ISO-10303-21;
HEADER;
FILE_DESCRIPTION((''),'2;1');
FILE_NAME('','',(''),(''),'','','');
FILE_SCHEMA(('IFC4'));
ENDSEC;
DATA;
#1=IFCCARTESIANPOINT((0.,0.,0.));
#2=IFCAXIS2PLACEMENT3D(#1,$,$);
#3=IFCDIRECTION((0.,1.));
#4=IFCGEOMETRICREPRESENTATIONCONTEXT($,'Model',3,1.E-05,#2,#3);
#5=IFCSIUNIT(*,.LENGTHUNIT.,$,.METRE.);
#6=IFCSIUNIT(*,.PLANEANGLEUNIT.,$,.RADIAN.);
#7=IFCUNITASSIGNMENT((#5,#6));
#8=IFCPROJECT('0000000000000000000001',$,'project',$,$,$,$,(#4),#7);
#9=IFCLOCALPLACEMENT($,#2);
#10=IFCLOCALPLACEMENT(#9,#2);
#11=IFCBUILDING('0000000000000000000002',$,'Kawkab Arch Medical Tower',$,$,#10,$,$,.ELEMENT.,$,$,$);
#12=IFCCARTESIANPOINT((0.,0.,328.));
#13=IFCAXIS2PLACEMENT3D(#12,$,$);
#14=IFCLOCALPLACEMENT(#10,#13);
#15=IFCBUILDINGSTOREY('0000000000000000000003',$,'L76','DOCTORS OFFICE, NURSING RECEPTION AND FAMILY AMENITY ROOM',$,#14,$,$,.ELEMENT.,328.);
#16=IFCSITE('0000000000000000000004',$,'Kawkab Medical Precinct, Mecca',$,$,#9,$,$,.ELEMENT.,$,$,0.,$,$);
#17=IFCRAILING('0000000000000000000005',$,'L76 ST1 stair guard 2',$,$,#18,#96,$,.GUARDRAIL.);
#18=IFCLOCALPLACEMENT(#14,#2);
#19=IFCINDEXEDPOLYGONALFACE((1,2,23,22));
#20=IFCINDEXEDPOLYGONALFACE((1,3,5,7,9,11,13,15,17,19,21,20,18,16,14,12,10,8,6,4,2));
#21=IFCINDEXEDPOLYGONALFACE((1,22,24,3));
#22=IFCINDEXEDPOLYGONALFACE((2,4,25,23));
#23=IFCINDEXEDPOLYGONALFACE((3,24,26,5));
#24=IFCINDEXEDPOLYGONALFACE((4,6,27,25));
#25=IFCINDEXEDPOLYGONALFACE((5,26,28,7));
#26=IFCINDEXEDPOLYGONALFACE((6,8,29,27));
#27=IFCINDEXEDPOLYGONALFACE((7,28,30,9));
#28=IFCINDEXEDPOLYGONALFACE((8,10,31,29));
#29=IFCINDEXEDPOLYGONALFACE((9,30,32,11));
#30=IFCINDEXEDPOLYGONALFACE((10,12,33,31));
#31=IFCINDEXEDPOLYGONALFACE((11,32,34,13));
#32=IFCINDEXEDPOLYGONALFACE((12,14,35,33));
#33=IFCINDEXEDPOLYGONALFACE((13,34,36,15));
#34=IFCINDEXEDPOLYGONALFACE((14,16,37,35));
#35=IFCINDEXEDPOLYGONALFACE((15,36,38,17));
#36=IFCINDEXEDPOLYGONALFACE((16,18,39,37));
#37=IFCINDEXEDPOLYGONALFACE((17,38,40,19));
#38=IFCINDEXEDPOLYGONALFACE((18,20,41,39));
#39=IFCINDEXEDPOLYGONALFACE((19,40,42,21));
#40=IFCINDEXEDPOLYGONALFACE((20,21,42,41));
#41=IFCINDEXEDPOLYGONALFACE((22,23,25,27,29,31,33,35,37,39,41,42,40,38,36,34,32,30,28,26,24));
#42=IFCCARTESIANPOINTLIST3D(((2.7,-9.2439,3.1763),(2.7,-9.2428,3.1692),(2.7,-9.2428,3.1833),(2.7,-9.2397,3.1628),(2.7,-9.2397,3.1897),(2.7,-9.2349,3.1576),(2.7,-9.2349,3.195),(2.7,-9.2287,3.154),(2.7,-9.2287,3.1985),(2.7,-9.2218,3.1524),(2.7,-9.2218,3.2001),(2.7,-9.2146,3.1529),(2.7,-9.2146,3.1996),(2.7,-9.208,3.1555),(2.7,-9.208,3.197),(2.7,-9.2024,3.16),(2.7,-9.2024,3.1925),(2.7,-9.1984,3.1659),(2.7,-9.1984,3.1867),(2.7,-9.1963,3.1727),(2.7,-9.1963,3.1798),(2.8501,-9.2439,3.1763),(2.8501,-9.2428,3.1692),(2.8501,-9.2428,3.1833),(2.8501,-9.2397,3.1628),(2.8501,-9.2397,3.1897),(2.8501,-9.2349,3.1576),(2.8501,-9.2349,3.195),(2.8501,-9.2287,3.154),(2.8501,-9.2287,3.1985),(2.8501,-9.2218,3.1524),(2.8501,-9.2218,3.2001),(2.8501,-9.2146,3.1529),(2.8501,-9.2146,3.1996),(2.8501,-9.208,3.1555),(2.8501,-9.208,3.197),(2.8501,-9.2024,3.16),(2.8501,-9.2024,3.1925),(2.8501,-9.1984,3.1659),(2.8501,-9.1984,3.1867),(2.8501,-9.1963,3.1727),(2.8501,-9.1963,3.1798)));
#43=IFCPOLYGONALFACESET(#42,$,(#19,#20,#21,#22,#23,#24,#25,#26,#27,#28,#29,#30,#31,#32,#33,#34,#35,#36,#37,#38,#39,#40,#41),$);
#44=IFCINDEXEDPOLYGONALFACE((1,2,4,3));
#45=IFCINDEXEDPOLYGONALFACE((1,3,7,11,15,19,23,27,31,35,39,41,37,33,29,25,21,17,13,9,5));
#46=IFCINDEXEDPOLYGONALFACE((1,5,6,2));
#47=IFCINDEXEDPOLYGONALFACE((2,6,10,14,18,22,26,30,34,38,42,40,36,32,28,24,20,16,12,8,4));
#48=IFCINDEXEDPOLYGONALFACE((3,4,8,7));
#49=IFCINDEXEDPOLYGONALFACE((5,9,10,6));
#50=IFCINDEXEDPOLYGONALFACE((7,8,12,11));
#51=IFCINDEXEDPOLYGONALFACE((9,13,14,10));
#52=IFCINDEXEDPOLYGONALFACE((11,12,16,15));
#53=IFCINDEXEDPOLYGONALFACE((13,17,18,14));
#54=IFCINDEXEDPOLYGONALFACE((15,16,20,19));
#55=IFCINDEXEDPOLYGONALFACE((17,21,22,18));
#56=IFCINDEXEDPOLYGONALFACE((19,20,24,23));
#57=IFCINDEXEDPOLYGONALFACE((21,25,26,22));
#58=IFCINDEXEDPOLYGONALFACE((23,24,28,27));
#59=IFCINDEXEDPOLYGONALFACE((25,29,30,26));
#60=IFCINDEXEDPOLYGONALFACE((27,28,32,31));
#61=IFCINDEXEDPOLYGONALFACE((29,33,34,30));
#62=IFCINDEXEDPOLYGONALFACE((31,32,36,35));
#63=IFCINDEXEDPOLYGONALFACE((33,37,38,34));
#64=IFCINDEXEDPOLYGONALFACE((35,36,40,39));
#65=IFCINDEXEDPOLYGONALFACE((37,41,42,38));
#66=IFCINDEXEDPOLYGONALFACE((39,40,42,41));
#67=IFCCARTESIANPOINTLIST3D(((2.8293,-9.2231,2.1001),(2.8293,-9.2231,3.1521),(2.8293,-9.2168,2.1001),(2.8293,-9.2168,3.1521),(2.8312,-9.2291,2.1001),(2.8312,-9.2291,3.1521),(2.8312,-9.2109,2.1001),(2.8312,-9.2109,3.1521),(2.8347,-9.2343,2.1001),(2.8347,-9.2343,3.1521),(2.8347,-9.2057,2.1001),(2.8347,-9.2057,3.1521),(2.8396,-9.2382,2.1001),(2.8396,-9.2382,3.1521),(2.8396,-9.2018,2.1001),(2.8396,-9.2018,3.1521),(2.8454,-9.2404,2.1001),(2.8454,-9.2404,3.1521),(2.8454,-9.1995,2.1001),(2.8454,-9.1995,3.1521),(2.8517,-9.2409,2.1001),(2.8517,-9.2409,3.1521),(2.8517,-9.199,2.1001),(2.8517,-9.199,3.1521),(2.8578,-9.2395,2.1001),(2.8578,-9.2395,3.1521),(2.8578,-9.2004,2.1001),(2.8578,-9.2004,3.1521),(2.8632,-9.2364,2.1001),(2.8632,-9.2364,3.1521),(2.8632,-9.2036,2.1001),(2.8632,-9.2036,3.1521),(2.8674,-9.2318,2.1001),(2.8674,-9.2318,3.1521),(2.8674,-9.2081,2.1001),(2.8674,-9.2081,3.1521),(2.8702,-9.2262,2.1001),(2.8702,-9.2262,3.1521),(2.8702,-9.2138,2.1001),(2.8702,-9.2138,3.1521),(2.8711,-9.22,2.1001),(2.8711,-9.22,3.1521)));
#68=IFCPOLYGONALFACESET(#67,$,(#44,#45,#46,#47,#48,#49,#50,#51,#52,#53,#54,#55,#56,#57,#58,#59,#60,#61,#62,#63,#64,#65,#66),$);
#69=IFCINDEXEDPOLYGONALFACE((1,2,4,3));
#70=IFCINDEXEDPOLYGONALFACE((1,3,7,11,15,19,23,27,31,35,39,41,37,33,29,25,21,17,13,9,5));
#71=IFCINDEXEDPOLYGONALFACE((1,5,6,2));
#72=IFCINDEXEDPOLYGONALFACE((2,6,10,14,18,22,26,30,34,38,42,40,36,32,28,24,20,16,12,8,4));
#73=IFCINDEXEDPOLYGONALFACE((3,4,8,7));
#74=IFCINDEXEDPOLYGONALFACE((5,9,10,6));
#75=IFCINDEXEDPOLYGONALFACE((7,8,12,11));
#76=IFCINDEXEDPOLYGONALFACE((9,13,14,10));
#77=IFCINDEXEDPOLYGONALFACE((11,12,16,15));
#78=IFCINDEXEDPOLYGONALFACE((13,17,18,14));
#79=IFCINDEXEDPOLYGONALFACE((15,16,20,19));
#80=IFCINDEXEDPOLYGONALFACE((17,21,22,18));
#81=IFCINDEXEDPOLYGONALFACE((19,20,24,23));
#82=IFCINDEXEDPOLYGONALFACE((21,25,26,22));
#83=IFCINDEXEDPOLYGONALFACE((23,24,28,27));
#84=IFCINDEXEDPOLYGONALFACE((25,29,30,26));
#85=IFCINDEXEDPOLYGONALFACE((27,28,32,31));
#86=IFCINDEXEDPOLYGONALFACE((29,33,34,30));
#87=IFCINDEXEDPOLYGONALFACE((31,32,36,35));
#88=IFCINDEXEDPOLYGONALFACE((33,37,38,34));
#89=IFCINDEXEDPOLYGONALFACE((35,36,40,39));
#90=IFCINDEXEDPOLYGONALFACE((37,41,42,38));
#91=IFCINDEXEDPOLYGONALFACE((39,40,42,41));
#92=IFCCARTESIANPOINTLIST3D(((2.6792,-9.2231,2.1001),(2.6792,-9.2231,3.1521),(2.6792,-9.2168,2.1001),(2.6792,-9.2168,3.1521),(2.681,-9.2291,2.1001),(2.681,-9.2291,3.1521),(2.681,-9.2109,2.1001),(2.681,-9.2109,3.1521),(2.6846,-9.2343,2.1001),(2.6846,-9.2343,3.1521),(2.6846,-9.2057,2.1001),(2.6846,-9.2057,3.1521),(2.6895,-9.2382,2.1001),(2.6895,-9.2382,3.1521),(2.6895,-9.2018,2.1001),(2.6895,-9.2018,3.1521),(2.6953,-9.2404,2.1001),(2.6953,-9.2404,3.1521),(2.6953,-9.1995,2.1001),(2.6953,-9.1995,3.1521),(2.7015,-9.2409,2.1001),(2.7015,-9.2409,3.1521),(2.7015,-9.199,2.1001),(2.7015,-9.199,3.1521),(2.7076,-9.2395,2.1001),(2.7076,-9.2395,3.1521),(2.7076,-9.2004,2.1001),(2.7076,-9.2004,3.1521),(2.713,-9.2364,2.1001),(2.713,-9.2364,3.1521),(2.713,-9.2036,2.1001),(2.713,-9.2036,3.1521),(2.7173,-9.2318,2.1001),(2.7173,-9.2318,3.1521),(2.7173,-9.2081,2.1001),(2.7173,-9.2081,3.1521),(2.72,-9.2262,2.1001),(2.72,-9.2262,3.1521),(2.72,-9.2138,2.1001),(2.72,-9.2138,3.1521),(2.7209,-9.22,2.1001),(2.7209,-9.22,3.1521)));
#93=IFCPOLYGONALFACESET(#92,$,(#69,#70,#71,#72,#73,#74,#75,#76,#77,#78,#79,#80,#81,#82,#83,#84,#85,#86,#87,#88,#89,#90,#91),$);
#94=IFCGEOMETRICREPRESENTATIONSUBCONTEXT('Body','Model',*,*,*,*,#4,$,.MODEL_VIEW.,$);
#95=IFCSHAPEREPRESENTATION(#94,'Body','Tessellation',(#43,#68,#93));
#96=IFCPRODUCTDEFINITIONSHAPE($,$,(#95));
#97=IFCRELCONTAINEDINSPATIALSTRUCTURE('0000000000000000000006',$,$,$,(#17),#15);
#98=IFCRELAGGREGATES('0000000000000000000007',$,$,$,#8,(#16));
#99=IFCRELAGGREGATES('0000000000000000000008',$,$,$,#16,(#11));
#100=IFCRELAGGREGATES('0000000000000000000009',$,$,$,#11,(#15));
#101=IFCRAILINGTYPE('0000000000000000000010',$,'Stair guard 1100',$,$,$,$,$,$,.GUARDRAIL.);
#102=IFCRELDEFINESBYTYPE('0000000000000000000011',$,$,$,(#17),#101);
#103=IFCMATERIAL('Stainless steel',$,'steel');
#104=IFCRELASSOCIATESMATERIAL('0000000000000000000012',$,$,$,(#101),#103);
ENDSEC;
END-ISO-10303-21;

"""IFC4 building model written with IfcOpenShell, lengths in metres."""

from ifc_helpers import new_model, si_unit, direction, frame, origin, origin_2d, place, context, subcontext, project, spatial, circle, extrude, material, type_object, element, save


model = new_model("IFC4")

# Units and contexts
model_context = context("Model", 3, precision=1e-05, world=origin(), true_north=direction((0.0, 1.0)))
body_context = subcontext(model_context, "Body", "Model", "MODEL_VIEW")
ifc_project = project(units=[si_unit("LENGTHUNIT", "METRE"), si_unit("PLANEANGLEUNIT", "RADIAN")], contexts=[model_context])

# Site, building, storey
site_placement = place(None, origin())
site = spatial("IfcSite", under=ifc_project, at=site_placement, Name="Kawkab Medical Precinct, Mecca", CompositionType="ELEMENT", RefElevation=0.0)
building_placement = place(site_placement, origin())
building = spatial("IfcBuilding", under=site, at=building_placement, Name="Kawkab Arch Medical Tower", CompositionType="ELEMENT")
storey_placement = place(building_placement, frame((0.0, 0.0, 328.0)))
storey = spatial("IfcBuildingStorey", under=building, at=storey_placement, Name="L76", Description="DOCTORS OFFICE, NURSING RECEPTION AND FAMILY AMENITY ROOM", CompositionType="ELEMENT", Elevation=328.0)

# Railing
ifc_material_1 = material(Name="Stainless steel", Category="steel")
railing_type = type_object("IfcRailingType", Name="Stair guard 1100", PredefinedType="GUARDRAIL", material=ifc_material_1)
railing_1_placement = place(storey_placement, frame((2.8501, -9.22, 2.1001)))
element("IfcRailing", 1, at=railing_1_placement, inside=storey, type_object=railing_type, Name="L76 ST1 stair guard 2", PredefinedType="GUARDRAIL", context=body_context, shape_type="SweptSolid", body=[
    extrude(circle(Radius=0.0239, at=origin_2d()), frame((0.0, 0.0, 1.0762), z_axis=(-1.0, 0.0, 0.0), x_axis=(0.0, -1.0, 0.0)), (0.0, 0.0, 1.0), 0.1501),
    extrude(circle(Radius=0.021, at=origin_2d()), origin(), (0.0, 0.0, 1.0), 1.052),
    extrude(circle(Radius=0.021, at=origin_2d()), frame((-0.1501, 0.0, 0.0)), (0.0, 0.0, 1.0), 1.052),
])

save(model, "model.ifc")
